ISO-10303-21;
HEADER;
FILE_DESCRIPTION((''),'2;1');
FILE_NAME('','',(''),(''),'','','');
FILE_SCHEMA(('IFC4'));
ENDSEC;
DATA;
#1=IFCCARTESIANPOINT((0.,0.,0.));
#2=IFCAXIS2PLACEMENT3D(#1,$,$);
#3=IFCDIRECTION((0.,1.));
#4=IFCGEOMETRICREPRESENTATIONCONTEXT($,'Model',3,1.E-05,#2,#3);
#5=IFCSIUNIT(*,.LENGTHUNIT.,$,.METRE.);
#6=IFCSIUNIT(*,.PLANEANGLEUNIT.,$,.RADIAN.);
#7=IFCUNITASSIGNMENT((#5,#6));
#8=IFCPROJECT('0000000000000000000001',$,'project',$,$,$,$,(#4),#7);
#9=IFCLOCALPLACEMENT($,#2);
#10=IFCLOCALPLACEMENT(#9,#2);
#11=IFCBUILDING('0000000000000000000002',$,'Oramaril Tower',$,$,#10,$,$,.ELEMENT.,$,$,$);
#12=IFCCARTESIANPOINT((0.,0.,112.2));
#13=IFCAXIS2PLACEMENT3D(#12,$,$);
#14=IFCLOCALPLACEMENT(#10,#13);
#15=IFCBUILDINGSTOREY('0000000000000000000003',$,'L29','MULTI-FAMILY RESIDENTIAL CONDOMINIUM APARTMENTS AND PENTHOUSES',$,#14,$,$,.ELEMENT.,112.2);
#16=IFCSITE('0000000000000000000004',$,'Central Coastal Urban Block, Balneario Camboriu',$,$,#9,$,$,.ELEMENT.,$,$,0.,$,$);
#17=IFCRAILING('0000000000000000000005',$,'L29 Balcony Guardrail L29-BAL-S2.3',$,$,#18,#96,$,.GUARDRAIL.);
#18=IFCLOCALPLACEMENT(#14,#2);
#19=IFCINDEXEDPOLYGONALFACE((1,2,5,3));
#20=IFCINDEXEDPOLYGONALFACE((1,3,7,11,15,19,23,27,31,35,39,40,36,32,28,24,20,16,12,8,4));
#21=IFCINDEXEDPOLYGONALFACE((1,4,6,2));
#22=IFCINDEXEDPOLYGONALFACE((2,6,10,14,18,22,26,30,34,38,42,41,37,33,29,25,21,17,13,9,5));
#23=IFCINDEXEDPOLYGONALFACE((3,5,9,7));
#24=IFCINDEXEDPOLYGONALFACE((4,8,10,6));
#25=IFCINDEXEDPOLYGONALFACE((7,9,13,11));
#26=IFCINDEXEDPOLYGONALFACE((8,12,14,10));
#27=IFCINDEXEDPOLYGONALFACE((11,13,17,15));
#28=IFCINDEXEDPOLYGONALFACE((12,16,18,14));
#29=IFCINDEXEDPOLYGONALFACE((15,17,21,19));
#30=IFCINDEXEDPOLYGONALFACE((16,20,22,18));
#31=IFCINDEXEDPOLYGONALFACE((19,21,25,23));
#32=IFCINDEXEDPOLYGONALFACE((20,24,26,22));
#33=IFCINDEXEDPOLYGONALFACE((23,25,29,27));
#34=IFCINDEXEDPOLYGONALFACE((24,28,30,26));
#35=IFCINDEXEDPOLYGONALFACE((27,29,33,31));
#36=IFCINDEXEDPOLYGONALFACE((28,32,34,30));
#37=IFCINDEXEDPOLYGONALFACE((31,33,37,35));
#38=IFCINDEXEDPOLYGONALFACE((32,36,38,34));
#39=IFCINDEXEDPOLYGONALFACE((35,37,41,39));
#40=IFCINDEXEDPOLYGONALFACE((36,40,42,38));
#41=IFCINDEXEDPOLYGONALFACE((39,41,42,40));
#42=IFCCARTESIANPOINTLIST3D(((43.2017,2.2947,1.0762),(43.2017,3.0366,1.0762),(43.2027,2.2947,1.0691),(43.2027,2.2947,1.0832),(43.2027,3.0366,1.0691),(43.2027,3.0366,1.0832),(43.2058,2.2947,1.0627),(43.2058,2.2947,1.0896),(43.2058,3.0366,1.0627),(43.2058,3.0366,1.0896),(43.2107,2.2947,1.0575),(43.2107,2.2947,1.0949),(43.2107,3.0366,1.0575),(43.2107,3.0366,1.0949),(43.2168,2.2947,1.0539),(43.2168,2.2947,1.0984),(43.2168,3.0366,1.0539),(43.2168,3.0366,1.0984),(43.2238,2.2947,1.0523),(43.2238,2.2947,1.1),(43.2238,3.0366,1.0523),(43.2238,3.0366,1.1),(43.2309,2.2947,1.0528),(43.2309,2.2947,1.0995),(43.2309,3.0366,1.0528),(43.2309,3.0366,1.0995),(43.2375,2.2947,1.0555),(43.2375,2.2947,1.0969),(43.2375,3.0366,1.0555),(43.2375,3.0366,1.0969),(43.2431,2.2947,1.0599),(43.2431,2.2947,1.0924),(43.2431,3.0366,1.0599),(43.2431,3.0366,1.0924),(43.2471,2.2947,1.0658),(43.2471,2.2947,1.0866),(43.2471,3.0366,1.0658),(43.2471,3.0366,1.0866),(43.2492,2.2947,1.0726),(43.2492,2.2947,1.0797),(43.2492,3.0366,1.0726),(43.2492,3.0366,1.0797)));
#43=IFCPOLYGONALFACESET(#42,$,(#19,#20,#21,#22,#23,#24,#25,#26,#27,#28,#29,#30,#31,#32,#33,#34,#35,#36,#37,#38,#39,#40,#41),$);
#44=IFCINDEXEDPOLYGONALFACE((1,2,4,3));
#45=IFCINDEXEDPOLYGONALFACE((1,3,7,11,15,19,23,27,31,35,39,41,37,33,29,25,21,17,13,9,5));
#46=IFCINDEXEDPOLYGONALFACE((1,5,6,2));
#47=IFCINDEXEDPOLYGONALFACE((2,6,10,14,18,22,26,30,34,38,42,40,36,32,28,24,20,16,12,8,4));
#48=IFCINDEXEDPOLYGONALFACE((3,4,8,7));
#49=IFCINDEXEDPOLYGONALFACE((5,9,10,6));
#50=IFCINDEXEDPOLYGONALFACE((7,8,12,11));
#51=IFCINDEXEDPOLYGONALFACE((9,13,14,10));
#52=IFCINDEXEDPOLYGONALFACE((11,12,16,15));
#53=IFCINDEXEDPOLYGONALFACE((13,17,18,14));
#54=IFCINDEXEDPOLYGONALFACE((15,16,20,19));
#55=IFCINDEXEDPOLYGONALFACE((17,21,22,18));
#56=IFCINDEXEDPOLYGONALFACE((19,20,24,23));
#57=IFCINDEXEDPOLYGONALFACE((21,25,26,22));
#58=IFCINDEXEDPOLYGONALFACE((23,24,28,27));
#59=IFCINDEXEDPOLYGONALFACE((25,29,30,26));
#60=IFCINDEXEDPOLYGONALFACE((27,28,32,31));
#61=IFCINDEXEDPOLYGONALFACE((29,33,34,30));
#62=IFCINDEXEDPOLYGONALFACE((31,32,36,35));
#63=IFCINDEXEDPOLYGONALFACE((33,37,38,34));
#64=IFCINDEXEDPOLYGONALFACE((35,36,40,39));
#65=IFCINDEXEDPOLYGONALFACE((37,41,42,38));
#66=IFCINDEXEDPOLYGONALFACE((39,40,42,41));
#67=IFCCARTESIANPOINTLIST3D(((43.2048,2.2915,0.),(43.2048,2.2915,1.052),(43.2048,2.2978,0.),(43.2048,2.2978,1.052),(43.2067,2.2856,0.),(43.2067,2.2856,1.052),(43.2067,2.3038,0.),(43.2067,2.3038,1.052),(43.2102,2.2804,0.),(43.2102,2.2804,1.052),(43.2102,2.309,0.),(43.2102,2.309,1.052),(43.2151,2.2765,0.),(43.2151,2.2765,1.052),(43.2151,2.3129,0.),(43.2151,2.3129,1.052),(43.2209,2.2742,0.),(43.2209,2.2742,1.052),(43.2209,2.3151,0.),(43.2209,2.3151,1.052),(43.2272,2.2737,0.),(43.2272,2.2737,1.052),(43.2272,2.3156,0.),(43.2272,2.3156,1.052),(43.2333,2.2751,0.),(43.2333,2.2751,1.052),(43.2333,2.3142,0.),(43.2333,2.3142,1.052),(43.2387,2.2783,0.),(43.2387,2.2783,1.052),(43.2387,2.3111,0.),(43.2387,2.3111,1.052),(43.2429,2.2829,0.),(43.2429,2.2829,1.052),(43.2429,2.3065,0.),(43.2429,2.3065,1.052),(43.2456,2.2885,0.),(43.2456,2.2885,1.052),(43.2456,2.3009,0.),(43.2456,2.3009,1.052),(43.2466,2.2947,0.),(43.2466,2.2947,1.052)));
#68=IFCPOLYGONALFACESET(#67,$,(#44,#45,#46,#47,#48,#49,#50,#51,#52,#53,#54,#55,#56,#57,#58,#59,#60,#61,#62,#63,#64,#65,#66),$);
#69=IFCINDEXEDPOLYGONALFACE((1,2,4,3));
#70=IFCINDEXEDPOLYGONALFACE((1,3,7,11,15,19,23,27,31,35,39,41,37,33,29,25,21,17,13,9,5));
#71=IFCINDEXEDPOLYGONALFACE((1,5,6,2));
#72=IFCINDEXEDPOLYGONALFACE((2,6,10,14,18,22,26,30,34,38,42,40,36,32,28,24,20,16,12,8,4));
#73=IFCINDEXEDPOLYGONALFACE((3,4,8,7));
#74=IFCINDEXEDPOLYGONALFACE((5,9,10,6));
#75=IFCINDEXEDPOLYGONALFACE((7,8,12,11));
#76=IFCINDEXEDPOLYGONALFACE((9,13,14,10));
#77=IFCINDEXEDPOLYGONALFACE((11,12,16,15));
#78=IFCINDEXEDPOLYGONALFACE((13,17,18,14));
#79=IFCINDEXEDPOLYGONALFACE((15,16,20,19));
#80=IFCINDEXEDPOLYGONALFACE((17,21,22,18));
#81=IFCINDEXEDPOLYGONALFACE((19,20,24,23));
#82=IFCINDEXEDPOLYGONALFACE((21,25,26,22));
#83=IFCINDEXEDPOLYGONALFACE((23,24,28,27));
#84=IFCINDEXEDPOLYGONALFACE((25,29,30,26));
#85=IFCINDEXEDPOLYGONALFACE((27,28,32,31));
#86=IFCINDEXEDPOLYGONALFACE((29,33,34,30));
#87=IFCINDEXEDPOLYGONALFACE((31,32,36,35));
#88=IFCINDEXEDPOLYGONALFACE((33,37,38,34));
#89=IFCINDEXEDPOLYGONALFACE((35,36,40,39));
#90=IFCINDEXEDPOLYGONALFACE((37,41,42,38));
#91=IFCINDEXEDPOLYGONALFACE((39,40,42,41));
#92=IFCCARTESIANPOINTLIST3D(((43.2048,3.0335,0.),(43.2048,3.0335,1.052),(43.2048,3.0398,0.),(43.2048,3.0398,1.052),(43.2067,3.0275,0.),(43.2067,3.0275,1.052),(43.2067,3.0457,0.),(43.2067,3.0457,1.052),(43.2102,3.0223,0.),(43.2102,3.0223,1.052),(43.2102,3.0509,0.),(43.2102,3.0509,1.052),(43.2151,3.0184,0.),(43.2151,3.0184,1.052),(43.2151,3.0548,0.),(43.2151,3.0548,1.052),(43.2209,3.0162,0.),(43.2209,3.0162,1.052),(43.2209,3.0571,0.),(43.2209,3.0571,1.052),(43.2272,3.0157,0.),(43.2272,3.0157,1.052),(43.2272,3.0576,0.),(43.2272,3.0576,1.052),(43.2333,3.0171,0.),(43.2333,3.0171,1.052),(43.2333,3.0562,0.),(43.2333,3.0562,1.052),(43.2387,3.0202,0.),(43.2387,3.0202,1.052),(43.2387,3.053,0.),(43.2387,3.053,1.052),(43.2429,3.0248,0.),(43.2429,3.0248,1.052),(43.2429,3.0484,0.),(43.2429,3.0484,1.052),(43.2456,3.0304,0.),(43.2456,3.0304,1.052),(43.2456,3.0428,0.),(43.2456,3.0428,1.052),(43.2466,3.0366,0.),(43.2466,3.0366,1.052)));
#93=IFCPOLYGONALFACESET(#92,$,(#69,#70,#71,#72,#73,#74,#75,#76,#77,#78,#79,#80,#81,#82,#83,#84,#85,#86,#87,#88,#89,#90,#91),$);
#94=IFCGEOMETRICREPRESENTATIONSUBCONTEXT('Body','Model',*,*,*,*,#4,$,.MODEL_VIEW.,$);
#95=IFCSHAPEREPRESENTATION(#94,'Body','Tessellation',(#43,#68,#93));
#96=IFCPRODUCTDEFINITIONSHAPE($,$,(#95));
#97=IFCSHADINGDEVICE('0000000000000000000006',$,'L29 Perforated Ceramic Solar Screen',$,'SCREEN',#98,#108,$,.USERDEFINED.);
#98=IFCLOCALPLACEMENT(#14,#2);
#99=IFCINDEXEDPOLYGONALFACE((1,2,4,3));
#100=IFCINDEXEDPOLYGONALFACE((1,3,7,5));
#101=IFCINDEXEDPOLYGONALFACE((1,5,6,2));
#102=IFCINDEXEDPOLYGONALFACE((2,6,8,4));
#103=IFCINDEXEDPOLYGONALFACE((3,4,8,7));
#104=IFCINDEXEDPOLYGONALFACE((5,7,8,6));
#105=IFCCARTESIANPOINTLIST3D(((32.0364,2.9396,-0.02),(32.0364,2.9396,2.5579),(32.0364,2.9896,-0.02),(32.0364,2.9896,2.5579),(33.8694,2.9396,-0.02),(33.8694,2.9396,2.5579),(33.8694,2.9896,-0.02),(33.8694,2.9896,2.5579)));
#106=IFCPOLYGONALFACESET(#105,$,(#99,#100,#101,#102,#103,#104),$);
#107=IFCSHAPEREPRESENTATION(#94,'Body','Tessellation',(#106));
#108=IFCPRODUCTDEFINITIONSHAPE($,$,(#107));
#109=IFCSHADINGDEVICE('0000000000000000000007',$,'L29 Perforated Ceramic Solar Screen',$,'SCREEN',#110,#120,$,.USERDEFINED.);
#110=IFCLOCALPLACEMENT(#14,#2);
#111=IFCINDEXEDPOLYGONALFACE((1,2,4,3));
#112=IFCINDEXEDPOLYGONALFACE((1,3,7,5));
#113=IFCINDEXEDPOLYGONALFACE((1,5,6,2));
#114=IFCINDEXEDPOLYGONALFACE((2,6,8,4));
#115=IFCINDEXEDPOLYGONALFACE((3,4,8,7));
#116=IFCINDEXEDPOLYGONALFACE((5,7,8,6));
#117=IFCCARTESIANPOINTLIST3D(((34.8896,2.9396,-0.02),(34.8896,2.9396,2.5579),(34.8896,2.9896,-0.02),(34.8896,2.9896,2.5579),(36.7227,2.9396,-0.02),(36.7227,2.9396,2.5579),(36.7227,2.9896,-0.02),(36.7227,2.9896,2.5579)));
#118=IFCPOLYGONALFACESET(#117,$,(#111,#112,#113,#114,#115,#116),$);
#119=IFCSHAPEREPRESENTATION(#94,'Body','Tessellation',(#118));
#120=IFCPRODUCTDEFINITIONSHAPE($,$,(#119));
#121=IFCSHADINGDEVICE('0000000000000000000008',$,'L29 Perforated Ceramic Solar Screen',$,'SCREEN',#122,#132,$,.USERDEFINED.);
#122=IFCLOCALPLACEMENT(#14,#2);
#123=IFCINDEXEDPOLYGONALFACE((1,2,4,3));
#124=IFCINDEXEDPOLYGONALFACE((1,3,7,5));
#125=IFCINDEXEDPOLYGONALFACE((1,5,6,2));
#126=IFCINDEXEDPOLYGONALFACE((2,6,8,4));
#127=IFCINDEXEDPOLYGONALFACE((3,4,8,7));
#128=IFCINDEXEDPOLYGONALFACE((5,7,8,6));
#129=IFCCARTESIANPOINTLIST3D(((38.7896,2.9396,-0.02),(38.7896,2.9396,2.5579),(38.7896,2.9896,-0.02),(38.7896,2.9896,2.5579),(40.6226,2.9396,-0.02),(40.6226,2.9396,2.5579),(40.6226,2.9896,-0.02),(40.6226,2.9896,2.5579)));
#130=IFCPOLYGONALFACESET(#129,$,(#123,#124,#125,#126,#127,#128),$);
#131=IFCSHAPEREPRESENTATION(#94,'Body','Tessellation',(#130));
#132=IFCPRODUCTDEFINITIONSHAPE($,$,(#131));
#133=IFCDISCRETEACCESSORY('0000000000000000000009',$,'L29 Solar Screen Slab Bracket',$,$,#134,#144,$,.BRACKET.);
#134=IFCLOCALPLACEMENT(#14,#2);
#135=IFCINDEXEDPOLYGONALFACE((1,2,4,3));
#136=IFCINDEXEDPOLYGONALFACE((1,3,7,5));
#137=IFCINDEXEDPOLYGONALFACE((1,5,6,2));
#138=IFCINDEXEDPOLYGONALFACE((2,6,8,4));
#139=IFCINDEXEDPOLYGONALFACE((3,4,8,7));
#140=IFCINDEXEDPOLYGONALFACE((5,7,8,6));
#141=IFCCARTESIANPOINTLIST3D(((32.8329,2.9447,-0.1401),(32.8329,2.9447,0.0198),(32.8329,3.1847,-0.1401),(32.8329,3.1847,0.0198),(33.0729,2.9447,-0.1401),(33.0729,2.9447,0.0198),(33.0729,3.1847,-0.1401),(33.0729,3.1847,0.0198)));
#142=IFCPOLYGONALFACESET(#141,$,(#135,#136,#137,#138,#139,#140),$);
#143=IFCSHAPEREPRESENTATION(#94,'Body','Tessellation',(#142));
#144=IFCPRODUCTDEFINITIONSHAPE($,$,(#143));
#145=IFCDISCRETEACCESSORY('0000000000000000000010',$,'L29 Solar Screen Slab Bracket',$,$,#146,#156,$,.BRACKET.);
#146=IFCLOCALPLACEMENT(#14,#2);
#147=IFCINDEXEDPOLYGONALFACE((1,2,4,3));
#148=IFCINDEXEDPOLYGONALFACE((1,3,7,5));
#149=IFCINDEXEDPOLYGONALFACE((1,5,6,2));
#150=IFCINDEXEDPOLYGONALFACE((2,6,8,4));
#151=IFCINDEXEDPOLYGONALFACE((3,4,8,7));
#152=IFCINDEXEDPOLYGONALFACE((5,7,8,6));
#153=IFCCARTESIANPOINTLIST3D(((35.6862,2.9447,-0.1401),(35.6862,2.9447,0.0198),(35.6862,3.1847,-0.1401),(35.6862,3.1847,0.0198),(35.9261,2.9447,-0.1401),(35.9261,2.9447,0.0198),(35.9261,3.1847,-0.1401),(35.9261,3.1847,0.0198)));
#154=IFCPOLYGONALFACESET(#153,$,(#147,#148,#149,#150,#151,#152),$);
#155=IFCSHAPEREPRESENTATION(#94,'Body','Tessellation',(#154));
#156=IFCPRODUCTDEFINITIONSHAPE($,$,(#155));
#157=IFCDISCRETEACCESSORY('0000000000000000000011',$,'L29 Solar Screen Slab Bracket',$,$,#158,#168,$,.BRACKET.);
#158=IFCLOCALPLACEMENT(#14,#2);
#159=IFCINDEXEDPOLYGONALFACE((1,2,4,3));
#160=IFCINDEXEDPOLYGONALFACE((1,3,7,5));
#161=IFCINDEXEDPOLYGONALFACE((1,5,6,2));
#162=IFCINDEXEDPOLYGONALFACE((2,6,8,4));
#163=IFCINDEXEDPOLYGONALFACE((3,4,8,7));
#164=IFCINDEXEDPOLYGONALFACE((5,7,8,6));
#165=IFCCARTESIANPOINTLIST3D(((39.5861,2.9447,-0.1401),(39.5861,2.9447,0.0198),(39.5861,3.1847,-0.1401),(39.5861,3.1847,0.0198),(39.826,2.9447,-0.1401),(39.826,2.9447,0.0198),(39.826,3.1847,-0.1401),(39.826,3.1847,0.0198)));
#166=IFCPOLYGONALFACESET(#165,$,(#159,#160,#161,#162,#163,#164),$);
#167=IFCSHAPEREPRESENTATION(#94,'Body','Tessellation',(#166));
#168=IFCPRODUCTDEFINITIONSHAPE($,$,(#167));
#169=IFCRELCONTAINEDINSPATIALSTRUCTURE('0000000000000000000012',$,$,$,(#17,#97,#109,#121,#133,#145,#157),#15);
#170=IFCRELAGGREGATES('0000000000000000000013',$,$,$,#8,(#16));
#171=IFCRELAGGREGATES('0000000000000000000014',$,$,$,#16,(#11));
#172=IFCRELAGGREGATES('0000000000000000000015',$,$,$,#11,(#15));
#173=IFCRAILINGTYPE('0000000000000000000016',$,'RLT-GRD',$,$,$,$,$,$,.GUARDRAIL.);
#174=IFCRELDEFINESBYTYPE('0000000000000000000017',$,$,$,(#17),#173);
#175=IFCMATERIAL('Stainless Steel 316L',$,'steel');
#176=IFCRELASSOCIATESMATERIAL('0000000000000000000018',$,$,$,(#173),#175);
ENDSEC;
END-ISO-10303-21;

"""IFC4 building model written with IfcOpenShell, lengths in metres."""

from ifc_helpers import new_model, si_unit, direction, frame, origin, origin_2d, place, context, subcontext, project, spatial, rectangle, circle, extrude, material, type_object, element, save


model = new_model("IFC4")

# Units and contexts
model_context = context("Model", 3, precision=1e-05, world=origin(), true_north=direction((0.0, 1.0)))
body_context = subcontext(model_context, "Body", "Model", "MODEL_VIEW")
ifc_project = project(units=[si_unit("LENGTHUNIT", "METRE"), si_unit("PLANEANGLEUNIT", "RADIAN")], contexts=[model_context])

# Site, building, storey
site_placement = place(None, origin())
site = spatial("IfcSite", under=ifc_project, at=site_placement, Name="Central Coastal Urban Block, Balneario Camboriu", CompositionType="ELEMENT", RefElevation=0.0)
building_placement = place(site_placement, origin())
building = spatial("IfcBuilding", under=site, at=building_placement, Name="Oramaril Tower", CompositionType="ELEMENT")
storey_placement = place(building_placement, frame((0.0, 0.0, 112.2)))
storey = spatial("IfcBuildingStorey", under=building, at=storey_placement, Name="L29", Description="MULTI-FAMILY RESIDENTIAL CONDOMINIUM APARTMENTS AND PENTHOUSES", CompositionType="ELEMENT", Elevation=112.2)

# Railing
ifc_material_1 = material(Name="Stainless Steel 316L", Category="steel")
railing_type = type_object("IfcRailingType", Name="RLT-GRD", PredefinedType="GUARDRAIL", material=ifc_material_1)
railing_placement = place(storey_placement, frame((43.2256, 2.2947, 0.0)))
element("IfcRailing", 1, at=railing_placement, inside=storey, type_object=railing_type, Name="L29 Balcony Guardrail L29-BAL-S2.3", PredefinedType="GUARDRAIL", context=body_context, shape_type="SweptSolid", body=[
    extrude(circle(Radius=0.0239, at=origin_2d()), frame((0.0, 0.0, 1.0762), z_axis=(0.0, 1.0, 0.0), x_axis=(-1.0, 0.0, 0.0)), (0.0, 0.0, 1.0), 0.7419),
    extrude(circle(Radius=0.021, at=origin_2d()), origin(), (0.0, 0.0, 1.0), 1.052),
    extrude(circle(Radius=0.021, at=origin_2d()), frame((0.0, 0.7419, 0.0)), (0.0, 0.0, 1.0), 1.052),
])

# Shading devices
for number, where, z_axis, x_axis, name in (
    (2, (32.9529, 2.9646, -0.02), (0.0, 0.0, 1.0), (1.0, 0.0, 0.0), "L29 Perforated Ceramic Solar Screen"),
    (3, (35.8062, 2.9646, -0.02), (0.0, 0.0, 1.0), (1.0, 0.0, 0.0), "L29 Perforated Ceramic Solar Screen"),
    (4, (39.7061, 2.9646, -0.02), (0.0, 0.0, 1.0), (1.0, 0.0, 0.0), "L29 Perforated Ceramic Solar Screen"),
):
    element("IfcShadingDevice", number, at=place(storey_placement, frame(where, z_axis=z_axis, x_axis=x_axis)), inside=storey, Name=name, ObjectType="SCREEN", PredefinedType="USERDEFINED", context=body_context, shape_type="SweptSolid", body=[
        extrude(rectangle(XDim=1.833, YDim=0.05, at=origin_2d()), origin(), (0.0, 0.0, 1.0), 2.5779),
    ])

# Discrete accessories
for number, where, z_axis, x_axis, name in (
    (5, (32.9529, 3.0647, -0.1401), (0.0, 0.0, 1.0), (1.0, 0.0, 0.0), "L29 Solar Screen Slab Bracket"),
    (6, (35.8062, 3.0647, -0.1401), (0.0, 0.0, 1.0), (1.0, 0.0, 0.0), "L29 Solar Screen Slab Bracket"),
    (7, (39.7061, 3.0647, -0.1401), (0.0, 0.0, 1.0), (1.0, 0.0, 0.0), "L29 Solar Screen Slab Bracket"),
):
    element("IfcDiscreteAccessory", number, at=place(storey_placement, frame(where, z_axis=z_axis, x_axis=x_axis)), inside=storey, Name=name, PredefinedType="BRACKET", context=body_context, shape_type="SweptSolid", body=[
        extrude(rectangle(XDim=0.24, YDim=0.24, at=origin_2d()), origin(), (0.0, 0.0, 1.0), 0.1599),
    ])

save(model, "model.ifc")
